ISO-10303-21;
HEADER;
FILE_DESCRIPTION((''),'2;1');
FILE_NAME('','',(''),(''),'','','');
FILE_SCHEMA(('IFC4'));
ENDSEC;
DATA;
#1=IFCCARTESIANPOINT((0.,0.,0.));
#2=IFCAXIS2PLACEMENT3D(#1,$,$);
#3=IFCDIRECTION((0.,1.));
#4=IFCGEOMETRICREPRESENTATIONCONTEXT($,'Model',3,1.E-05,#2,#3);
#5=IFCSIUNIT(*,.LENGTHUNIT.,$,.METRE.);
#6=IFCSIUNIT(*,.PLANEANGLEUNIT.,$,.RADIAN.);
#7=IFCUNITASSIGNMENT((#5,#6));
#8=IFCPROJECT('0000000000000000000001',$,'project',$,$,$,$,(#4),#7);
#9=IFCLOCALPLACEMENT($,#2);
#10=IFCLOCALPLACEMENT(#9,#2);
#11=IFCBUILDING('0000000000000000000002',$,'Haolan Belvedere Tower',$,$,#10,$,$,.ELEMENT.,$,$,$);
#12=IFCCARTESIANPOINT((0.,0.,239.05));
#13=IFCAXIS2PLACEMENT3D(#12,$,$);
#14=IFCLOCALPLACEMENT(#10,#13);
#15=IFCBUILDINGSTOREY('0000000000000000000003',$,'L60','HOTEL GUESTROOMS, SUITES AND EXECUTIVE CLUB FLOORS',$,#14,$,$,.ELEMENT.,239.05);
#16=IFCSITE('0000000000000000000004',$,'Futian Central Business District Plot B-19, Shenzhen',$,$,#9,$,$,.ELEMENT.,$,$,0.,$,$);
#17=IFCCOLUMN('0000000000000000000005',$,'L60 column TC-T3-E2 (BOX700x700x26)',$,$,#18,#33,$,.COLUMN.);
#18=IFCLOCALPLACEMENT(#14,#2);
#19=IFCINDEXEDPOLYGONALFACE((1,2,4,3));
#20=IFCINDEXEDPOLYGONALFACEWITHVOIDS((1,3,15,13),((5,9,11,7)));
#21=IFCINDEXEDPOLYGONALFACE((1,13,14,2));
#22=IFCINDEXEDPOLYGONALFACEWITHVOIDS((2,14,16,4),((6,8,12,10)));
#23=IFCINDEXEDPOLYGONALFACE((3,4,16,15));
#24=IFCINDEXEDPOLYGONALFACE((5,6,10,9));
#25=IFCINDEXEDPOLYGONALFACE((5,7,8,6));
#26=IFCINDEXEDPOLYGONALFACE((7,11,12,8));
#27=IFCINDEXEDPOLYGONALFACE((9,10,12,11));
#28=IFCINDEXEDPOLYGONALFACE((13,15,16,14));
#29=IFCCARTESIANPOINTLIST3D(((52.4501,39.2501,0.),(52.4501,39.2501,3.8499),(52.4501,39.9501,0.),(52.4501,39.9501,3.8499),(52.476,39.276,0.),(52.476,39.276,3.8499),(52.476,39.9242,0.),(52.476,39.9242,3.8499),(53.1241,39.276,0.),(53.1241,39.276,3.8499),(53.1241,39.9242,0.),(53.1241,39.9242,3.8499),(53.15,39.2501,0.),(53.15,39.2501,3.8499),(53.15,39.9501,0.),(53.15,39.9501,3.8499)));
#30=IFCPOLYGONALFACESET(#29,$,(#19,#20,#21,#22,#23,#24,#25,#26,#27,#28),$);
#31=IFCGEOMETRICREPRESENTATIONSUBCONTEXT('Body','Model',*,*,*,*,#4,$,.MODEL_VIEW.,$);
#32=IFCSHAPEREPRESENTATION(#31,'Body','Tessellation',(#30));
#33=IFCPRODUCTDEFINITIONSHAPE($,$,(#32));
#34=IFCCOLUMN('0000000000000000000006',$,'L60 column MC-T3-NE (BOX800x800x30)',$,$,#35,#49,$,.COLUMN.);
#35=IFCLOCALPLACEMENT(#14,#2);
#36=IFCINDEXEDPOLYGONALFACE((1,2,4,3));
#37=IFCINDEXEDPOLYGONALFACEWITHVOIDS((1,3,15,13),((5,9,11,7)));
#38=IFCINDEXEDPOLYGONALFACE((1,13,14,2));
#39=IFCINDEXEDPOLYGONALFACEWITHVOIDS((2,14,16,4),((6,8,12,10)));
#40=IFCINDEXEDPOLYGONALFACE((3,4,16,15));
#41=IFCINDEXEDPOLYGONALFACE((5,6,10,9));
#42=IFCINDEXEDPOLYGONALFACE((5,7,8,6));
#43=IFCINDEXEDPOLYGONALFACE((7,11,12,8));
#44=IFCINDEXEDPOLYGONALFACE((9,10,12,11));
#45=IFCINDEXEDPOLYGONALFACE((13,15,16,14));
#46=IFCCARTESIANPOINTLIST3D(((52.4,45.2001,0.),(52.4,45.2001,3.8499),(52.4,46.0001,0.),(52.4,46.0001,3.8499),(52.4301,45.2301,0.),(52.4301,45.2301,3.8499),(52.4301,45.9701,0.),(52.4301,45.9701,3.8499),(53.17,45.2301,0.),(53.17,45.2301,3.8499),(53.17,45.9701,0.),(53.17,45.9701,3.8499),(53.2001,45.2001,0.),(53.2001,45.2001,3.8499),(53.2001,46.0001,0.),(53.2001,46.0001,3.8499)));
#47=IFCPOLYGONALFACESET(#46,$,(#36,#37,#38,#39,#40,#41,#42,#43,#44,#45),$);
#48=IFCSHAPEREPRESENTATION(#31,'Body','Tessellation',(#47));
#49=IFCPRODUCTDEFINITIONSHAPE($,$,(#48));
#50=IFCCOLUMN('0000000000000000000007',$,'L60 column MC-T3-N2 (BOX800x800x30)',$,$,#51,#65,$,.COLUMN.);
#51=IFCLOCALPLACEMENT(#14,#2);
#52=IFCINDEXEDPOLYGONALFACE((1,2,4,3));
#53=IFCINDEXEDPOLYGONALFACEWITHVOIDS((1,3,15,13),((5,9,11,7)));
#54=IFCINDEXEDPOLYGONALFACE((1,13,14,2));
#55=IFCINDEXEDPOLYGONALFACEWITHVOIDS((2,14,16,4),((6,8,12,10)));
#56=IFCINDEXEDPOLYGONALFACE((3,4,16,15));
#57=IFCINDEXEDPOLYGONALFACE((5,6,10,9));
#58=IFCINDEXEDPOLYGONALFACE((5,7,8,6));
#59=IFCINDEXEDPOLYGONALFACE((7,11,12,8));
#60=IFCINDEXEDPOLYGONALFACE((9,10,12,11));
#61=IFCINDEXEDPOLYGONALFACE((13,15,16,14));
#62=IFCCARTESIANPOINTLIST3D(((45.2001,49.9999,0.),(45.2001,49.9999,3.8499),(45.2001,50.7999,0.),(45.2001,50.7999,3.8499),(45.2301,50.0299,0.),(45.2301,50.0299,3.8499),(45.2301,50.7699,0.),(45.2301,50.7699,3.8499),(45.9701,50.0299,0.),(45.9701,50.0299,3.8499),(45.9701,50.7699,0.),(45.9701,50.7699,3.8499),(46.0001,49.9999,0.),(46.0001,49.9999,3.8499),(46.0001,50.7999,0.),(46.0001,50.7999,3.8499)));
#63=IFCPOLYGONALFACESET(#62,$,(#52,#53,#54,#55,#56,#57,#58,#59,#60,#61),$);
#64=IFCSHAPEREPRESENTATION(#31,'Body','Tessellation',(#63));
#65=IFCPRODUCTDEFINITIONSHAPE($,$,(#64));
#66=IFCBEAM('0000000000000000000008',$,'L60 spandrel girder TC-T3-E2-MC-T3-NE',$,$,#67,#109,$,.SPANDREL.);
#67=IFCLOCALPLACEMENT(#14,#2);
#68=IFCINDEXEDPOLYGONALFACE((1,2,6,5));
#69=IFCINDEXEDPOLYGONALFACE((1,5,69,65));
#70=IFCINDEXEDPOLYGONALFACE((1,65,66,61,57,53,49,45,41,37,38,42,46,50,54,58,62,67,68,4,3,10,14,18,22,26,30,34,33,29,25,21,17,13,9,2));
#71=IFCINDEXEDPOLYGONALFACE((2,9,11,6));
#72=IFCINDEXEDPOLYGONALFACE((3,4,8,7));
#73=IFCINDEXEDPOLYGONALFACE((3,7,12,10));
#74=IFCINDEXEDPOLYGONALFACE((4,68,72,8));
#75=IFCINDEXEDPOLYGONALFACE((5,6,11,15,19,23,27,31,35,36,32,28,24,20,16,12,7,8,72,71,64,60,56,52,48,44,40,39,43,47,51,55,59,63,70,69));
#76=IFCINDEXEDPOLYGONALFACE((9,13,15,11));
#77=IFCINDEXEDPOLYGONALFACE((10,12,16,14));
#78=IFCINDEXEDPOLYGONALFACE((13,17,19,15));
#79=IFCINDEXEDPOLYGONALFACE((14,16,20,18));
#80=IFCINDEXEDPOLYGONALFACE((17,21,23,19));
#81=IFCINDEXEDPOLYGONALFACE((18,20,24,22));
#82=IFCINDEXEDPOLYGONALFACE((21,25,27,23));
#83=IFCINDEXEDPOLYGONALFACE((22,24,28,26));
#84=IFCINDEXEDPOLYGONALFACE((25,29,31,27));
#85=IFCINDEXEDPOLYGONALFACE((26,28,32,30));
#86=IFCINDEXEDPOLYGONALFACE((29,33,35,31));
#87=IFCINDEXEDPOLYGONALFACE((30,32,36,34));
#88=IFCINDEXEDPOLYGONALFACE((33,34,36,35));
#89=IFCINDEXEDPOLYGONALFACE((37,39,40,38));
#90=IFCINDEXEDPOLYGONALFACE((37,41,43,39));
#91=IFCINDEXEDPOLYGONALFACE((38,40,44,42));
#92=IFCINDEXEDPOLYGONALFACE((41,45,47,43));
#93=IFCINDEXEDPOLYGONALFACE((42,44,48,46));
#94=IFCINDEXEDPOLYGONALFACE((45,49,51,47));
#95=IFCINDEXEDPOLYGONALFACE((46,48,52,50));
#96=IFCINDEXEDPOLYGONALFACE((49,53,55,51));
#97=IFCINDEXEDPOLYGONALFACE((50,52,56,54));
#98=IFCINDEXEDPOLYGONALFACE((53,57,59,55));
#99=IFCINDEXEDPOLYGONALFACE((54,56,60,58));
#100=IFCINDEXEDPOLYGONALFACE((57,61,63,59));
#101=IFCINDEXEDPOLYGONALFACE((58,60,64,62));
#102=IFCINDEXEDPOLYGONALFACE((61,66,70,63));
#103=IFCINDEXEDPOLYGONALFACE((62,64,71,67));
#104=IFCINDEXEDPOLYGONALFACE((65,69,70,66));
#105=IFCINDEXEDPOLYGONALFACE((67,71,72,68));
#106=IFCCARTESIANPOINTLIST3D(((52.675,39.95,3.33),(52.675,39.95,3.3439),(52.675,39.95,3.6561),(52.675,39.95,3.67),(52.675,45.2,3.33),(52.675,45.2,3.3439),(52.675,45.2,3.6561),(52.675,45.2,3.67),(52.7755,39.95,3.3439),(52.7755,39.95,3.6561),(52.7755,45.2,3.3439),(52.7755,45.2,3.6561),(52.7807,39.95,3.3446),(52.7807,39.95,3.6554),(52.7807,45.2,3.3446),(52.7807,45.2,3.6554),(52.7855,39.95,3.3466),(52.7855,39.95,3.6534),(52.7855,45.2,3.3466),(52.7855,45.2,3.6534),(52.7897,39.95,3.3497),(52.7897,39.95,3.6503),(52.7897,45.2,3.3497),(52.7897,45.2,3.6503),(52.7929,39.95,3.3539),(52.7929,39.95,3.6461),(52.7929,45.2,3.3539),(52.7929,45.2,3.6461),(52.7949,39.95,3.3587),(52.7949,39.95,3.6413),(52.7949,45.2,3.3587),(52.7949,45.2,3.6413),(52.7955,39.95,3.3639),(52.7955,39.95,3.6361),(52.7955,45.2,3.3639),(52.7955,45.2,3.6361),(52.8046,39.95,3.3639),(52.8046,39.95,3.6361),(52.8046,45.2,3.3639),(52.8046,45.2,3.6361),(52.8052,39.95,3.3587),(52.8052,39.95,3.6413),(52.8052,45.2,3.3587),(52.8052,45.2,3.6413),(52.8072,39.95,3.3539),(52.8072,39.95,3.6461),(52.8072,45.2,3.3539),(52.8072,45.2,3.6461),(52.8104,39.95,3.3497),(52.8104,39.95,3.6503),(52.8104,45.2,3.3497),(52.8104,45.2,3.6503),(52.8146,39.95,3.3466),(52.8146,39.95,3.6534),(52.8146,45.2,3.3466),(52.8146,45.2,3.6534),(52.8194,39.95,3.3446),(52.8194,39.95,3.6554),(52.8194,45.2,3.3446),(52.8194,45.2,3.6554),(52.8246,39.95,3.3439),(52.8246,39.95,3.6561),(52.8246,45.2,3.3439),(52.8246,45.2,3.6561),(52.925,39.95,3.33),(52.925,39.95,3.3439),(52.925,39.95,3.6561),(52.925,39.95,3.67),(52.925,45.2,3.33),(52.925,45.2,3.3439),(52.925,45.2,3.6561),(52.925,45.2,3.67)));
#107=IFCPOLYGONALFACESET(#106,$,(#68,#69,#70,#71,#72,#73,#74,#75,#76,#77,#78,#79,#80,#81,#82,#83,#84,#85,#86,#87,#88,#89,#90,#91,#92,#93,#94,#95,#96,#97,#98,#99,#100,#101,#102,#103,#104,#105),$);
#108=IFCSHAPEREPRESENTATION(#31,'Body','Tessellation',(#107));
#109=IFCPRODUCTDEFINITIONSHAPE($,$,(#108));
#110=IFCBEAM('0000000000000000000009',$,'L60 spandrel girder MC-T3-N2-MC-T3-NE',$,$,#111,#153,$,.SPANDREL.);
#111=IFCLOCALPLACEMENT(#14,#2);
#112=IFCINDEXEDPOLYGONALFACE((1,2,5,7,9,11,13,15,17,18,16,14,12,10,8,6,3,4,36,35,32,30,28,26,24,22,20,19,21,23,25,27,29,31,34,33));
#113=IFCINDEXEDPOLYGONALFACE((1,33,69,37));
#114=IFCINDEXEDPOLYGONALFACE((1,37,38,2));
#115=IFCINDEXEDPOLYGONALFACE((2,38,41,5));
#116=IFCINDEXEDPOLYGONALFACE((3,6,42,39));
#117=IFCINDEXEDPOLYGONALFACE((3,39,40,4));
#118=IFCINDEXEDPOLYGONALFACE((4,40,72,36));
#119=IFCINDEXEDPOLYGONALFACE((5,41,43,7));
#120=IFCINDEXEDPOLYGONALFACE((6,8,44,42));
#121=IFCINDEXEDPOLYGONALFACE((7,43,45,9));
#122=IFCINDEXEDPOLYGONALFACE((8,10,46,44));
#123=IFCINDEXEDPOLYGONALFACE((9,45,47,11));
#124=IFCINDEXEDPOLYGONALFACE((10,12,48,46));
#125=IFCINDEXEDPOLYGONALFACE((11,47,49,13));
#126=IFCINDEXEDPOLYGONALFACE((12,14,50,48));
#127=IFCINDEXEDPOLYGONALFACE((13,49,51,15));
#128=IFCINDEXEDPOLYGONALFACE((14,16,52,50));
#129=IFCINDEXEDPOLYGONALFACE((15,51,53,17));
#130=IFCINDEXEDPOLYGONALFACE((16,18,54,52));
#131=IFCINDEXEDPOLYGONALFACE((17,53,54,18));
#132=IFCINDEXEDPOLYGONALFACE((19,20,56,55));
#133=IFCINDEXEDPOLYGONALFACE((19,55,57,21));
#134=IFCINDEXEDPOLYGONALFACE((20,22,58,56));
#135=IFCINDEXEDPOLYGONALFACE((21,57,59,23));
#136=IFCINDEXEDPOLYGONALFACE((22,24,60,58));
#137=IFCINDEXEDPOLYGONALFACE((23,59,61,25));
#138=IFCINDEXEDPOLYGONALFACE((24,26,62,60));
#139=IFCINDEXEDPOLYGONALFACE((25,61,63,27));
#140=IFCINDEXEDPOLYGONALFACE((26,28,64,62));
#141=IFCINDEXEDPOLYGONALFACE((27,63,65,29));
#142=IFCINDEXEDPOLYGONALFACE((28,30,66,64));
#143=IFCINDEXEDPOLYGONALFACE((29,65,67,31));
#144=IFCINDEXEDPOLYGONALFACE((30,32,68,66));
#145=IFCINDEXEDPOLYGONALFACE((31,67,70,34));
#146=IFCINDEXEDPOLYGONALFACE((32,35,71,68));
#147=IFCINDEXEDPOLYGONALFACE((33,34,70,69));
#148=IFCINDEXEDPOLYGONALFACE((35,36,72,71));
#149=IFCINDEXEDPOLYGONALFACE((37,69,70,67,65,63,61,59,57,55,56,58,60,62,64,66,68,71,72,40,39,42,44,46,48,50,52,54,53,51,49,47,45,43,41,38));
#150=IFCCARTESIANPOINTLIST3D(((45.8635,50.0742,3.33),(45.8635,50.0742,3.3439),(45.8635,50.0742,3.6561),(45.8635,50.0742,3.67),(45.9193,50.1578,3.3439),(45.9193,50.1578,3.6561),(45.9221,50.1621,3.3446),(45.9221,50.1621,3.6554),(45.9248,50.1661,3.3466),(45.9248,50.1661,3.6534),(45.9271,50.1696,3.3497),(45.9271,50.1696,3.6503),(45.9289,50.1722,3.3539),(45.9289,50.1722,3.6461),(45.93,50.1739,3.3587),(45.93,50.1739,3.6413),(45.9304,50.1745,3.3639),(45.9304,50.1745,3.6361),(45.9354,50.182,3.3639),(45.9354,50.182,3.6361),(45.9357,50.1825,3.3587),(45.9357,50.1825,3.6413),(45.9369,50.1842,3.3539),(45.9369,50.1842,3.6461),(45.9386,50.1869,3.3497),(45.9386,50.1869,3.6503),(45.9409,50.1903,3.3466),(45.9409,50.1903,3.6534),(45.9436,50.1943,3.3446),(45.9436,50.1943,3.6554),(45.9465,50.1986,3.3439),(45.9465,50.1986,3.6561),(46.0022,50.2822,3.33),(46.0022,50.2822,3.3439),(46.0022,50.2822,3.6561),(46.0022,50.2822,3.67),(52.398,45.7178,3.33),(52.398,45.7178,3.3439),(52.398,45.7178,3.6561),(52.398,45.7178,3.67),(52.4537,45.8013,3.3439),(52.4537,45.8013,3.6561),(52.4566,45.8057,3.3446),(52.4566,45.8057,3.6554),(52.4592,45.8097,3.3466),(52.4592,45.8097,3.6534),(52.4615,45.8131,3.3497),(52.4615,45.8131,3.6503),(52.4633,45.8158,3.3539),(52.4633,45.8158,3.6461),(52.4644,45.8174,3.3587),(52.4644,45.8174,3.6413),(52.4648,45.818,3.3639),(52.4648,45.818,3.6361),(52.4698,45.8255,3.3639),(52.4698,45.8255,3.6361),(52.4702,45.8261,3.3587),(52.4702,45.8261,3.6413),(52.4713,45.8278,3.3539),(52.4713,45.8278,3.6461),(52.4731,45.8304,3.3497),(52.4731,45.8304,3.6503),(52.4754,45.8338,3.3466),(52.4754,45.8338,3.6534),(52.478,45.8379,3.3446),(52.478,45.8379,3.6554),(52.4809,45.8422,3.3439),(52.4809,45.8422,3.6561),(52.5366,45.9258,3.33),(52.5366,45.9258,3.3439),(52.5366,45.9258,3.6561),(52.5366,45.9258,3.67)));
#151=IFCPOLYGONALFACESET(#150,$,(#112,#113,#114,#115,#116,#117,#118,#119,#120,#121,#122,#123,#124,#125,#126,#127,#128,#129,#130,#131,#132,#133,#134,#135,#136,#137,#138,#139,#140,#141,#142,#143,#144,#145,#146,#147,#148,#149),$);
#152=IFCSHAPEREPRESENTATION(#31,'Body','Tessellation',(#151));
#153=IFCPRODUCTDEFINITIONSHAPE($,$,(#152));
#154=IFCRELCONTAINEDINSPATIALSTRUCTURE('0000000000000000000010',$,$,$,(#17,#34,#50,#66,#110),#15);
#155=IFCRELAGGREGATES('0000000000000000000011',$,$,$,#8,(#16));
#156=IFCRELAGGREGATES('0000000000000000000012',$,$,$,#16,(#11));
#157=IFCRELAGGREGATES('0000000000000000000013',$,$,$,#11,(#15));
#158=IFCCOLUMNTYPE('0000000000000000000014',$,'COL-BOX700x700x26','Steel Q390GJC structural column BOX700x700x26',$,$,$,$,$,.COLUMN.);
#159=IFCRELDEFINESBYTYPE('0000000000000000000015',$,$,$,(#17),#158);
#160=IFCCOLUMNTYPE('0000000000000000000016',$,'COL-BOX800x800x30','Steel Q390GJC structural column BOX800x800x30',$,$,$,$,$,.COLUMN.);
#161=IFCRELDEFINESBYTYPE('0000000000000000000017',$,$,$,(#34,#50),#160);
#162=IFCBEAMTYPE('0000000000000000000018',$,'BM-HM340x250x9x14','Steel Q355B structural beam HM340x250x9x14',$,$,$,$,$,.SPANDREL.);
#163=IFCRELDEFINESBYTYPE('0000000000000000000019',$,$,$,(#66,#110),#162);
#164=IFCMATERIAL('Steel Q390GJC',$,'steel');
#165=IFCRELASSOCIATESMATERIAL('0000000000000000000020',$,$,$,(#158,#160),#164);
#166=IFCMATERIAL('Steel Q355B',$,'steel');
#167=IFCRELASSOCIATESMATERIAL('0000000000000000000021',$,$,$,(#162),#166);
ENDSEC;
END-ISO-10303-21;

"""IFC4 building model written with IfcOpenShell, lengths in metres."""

from ifc_helpers import new_model, si_unit, direction, frame, origin, origin_2d, place, context, subcontext, project, spatial, hollow_rectangle, i_section, extrude, material, material_profile, profile_set, type_object, element, save


model = new_model("IFC4")

# Units and contexts
model_context = context("Model", 3, precision=1e-05, world=origin(), true_north=direction((0.0, 1.0)))
body_context = subcontext(model_context, "Body", "Model", "MODEL_VIEW")
ifc_project = project(units=[si_unit("LENGTHUNIT", "METRE"), si_unit("PLANEANGLEUNIT", "RADIAN")], contexts=[model_context])

# Site, building, storey
site_placement = place(None, origin())
site = spatial("IfcSite", under=ifc_project, at=site_placement, Name="Futian Central Business District Plot B-19, Shenzhen", CompositionType="ELEMENT", RefElevation=0.0)
building_placement = place(site_placement, origin())
building = spatial("IfcBuilding", under=site, at=building_placement, Name="Haolan Belvedere Tower", CompositionType="ELEMENT")
storey_placement = place(building_placement, frame((0.0, 0.0, 239.05)))
storey = spatial("IfcBuildingStorey", under=building, at=storey_placement, Name="L60", Description="HOTEL GUESTROOMS, SUITES AND EXECUTIVE CLUB FLOORS", CompositionType="ELEMENT", Elevation=239.05)

# Columns
ifc_material_1 = material(Name="Steel Q390GJC", Category="steel")
ifc_material_profile_1 = material_profile(ifc_material_1, hollow_rectangle(XDim=0.7, YDim=0.7, WallThickness=0.0259, at=origin_2d()), Name="Steel Q390GJC")
ifc_profile_set_1 = profile_set([ifc_material_profile_1], Name="Steel Q390GJC")
column_type_1 = type_object("IfcColumnType", Name="COL-BOX700x700x26", Description="Steel Q390GJC structural column BOX700x700x26", PredefinedType="COLUMN", material=ifc_profile_set_1)
column_placement = place(storey_placement, frame((52.8, 39.6001, 0.0), z_axis=(0.0, 0.0, 1.0), x_axis=(1.0, 0.0, 0.0)))
element("IfcColumn", 1, at=column_placement, inside=storey, type_object=column_type_1, Name="L60 column TC-T3-E2 (BOX700x700x26)", PredefinedType="COLUMN", context=body_context, shape_type="SweptSolid", body=[
    extrude(hollow_rectangle(XDim=0.7, YDim=0.7, WallThickness=0.0259, at=origin_2d()), origin(), (0.0, 0.0, 1.0), 3.8499),
])
ifc_material_profile_2 = material_profile(ifc_material_1, hollow_rectangle(XDim=0.8, YDim=0.8, WallThickness=0.03, at=origin_2d()), Name="Steel Q390GJC")
ifc_profile_set_2 = profile_set([ifc_material_profile_2], Name="Steel Q390GJC")
column_type_2 = type_object("IfcColumnType", Name="COL-BOX800x800x30", Description="Steel Q390GJC structural column BOX800x800x30", PredefinedType="COLUMN", material=ifc_profile_set_2)
for number, where, z_axis, x_axis, name in (
    (2, (52.8, 45.6001, 0.0), (0.0, 0.0, 1.0), (1.0, 0.0, 0.0), "L60 column MC-T3-NE (BOX800x800x30)"),
    (3, (45.6001, 50.3999, 0.0), (0.0, 0.0, 1.0), (1.0, 0.0, 0.0), "L60 column MC-T3-N2 (BOX800x800x30)"),
):
    element("IfcColumn", number, at=place(storey_placement, frame(where, z_axis=z_axis, x_axis=x_axis)), inside=storey, type_object=column_type_2, Name=name, PredefinedType="COLUMN", context=body_context, shape_type="SweptSolid", body=[
        extrude(hollow_rectangle(XDim=0.8, YDim=0.8, WallThickness=0.03, at=origin_2d()), origin(), (0.0, 0.0, 1.0), 3.8499),
    ])

# Beams
ifc_material_2 = material(Name="Steel Q355B", Category="steel")
ifc_material_profile_3 = material_profile(ifc_material_2, i_section(OverallWidth=0.25, OverallDepth=0.3401, WebThickness=0.009, FlangeThickness=0.0139, FilletRadius=0.02, at=origin_2d()), Name="Steel Q355B")
ifc_profile_set_3 = profile_set([ifc_material_profile_3], Name="Steel Q355B")
beam_type_1 = type_object("IfcBeamType", Name="BM-HM340x250x9x14", Description="Steel Q355B structural beam HM340x250x9x14", PredefinedType="SPANDREL", material=ifc_profile_set_3)
beam_1_placement = place(storey_placement, frame((52.8, 39.95, 3.5), z_axis=(0.0, 1.0, 0.0), x_axis=(-1.0, 0.0, 0.0)))
element("IfcBeam", 4, at=beam_1_placement, inside=storey, type_object=beam_type_1, Name="L60 spandrel girder TC-T3-E2-MC-T3-NE", PredefinedType="SPANDREL", context=body_context, shape_type="SweptSolid", body=[
    extrude(i_section(OverallWidth=0.25, OverallDepth=0.3401, WebThickness=0.009, FlangeThickness=0.0139, FilletRadius=0.02, at=origin_2d()), origin(), (0.0, 0.0, 1.0), 5.25),
])
beam_2_placement = place(storey_placement, frame((45.9329, 50.1782, 3.5), z_axis=(0.832041, -0.554715, 0.0), x_axis=(0.554715, 0.832041, 0.0)))
element("IfcBeam", 5, at=beam_2_placement, inside=storey, type_object=beam_type_1, Name="L60 spandrel girder MC-T3-N2-MC-T3-NE", PredefinedType="SPANDREL", context=body_context, shape_type="SweptSolid", body=[
    extrude(i_section(OverallWidth=0.25, OverallDepth=0.3401, WebThickness=0.009, FlangeThickness=0.0139, FilletRadius=0.02, at=origin_2d()), origin(), (0.0, 0.0, 1.0), 7.8535),
])

save(model, "model.ifc")
